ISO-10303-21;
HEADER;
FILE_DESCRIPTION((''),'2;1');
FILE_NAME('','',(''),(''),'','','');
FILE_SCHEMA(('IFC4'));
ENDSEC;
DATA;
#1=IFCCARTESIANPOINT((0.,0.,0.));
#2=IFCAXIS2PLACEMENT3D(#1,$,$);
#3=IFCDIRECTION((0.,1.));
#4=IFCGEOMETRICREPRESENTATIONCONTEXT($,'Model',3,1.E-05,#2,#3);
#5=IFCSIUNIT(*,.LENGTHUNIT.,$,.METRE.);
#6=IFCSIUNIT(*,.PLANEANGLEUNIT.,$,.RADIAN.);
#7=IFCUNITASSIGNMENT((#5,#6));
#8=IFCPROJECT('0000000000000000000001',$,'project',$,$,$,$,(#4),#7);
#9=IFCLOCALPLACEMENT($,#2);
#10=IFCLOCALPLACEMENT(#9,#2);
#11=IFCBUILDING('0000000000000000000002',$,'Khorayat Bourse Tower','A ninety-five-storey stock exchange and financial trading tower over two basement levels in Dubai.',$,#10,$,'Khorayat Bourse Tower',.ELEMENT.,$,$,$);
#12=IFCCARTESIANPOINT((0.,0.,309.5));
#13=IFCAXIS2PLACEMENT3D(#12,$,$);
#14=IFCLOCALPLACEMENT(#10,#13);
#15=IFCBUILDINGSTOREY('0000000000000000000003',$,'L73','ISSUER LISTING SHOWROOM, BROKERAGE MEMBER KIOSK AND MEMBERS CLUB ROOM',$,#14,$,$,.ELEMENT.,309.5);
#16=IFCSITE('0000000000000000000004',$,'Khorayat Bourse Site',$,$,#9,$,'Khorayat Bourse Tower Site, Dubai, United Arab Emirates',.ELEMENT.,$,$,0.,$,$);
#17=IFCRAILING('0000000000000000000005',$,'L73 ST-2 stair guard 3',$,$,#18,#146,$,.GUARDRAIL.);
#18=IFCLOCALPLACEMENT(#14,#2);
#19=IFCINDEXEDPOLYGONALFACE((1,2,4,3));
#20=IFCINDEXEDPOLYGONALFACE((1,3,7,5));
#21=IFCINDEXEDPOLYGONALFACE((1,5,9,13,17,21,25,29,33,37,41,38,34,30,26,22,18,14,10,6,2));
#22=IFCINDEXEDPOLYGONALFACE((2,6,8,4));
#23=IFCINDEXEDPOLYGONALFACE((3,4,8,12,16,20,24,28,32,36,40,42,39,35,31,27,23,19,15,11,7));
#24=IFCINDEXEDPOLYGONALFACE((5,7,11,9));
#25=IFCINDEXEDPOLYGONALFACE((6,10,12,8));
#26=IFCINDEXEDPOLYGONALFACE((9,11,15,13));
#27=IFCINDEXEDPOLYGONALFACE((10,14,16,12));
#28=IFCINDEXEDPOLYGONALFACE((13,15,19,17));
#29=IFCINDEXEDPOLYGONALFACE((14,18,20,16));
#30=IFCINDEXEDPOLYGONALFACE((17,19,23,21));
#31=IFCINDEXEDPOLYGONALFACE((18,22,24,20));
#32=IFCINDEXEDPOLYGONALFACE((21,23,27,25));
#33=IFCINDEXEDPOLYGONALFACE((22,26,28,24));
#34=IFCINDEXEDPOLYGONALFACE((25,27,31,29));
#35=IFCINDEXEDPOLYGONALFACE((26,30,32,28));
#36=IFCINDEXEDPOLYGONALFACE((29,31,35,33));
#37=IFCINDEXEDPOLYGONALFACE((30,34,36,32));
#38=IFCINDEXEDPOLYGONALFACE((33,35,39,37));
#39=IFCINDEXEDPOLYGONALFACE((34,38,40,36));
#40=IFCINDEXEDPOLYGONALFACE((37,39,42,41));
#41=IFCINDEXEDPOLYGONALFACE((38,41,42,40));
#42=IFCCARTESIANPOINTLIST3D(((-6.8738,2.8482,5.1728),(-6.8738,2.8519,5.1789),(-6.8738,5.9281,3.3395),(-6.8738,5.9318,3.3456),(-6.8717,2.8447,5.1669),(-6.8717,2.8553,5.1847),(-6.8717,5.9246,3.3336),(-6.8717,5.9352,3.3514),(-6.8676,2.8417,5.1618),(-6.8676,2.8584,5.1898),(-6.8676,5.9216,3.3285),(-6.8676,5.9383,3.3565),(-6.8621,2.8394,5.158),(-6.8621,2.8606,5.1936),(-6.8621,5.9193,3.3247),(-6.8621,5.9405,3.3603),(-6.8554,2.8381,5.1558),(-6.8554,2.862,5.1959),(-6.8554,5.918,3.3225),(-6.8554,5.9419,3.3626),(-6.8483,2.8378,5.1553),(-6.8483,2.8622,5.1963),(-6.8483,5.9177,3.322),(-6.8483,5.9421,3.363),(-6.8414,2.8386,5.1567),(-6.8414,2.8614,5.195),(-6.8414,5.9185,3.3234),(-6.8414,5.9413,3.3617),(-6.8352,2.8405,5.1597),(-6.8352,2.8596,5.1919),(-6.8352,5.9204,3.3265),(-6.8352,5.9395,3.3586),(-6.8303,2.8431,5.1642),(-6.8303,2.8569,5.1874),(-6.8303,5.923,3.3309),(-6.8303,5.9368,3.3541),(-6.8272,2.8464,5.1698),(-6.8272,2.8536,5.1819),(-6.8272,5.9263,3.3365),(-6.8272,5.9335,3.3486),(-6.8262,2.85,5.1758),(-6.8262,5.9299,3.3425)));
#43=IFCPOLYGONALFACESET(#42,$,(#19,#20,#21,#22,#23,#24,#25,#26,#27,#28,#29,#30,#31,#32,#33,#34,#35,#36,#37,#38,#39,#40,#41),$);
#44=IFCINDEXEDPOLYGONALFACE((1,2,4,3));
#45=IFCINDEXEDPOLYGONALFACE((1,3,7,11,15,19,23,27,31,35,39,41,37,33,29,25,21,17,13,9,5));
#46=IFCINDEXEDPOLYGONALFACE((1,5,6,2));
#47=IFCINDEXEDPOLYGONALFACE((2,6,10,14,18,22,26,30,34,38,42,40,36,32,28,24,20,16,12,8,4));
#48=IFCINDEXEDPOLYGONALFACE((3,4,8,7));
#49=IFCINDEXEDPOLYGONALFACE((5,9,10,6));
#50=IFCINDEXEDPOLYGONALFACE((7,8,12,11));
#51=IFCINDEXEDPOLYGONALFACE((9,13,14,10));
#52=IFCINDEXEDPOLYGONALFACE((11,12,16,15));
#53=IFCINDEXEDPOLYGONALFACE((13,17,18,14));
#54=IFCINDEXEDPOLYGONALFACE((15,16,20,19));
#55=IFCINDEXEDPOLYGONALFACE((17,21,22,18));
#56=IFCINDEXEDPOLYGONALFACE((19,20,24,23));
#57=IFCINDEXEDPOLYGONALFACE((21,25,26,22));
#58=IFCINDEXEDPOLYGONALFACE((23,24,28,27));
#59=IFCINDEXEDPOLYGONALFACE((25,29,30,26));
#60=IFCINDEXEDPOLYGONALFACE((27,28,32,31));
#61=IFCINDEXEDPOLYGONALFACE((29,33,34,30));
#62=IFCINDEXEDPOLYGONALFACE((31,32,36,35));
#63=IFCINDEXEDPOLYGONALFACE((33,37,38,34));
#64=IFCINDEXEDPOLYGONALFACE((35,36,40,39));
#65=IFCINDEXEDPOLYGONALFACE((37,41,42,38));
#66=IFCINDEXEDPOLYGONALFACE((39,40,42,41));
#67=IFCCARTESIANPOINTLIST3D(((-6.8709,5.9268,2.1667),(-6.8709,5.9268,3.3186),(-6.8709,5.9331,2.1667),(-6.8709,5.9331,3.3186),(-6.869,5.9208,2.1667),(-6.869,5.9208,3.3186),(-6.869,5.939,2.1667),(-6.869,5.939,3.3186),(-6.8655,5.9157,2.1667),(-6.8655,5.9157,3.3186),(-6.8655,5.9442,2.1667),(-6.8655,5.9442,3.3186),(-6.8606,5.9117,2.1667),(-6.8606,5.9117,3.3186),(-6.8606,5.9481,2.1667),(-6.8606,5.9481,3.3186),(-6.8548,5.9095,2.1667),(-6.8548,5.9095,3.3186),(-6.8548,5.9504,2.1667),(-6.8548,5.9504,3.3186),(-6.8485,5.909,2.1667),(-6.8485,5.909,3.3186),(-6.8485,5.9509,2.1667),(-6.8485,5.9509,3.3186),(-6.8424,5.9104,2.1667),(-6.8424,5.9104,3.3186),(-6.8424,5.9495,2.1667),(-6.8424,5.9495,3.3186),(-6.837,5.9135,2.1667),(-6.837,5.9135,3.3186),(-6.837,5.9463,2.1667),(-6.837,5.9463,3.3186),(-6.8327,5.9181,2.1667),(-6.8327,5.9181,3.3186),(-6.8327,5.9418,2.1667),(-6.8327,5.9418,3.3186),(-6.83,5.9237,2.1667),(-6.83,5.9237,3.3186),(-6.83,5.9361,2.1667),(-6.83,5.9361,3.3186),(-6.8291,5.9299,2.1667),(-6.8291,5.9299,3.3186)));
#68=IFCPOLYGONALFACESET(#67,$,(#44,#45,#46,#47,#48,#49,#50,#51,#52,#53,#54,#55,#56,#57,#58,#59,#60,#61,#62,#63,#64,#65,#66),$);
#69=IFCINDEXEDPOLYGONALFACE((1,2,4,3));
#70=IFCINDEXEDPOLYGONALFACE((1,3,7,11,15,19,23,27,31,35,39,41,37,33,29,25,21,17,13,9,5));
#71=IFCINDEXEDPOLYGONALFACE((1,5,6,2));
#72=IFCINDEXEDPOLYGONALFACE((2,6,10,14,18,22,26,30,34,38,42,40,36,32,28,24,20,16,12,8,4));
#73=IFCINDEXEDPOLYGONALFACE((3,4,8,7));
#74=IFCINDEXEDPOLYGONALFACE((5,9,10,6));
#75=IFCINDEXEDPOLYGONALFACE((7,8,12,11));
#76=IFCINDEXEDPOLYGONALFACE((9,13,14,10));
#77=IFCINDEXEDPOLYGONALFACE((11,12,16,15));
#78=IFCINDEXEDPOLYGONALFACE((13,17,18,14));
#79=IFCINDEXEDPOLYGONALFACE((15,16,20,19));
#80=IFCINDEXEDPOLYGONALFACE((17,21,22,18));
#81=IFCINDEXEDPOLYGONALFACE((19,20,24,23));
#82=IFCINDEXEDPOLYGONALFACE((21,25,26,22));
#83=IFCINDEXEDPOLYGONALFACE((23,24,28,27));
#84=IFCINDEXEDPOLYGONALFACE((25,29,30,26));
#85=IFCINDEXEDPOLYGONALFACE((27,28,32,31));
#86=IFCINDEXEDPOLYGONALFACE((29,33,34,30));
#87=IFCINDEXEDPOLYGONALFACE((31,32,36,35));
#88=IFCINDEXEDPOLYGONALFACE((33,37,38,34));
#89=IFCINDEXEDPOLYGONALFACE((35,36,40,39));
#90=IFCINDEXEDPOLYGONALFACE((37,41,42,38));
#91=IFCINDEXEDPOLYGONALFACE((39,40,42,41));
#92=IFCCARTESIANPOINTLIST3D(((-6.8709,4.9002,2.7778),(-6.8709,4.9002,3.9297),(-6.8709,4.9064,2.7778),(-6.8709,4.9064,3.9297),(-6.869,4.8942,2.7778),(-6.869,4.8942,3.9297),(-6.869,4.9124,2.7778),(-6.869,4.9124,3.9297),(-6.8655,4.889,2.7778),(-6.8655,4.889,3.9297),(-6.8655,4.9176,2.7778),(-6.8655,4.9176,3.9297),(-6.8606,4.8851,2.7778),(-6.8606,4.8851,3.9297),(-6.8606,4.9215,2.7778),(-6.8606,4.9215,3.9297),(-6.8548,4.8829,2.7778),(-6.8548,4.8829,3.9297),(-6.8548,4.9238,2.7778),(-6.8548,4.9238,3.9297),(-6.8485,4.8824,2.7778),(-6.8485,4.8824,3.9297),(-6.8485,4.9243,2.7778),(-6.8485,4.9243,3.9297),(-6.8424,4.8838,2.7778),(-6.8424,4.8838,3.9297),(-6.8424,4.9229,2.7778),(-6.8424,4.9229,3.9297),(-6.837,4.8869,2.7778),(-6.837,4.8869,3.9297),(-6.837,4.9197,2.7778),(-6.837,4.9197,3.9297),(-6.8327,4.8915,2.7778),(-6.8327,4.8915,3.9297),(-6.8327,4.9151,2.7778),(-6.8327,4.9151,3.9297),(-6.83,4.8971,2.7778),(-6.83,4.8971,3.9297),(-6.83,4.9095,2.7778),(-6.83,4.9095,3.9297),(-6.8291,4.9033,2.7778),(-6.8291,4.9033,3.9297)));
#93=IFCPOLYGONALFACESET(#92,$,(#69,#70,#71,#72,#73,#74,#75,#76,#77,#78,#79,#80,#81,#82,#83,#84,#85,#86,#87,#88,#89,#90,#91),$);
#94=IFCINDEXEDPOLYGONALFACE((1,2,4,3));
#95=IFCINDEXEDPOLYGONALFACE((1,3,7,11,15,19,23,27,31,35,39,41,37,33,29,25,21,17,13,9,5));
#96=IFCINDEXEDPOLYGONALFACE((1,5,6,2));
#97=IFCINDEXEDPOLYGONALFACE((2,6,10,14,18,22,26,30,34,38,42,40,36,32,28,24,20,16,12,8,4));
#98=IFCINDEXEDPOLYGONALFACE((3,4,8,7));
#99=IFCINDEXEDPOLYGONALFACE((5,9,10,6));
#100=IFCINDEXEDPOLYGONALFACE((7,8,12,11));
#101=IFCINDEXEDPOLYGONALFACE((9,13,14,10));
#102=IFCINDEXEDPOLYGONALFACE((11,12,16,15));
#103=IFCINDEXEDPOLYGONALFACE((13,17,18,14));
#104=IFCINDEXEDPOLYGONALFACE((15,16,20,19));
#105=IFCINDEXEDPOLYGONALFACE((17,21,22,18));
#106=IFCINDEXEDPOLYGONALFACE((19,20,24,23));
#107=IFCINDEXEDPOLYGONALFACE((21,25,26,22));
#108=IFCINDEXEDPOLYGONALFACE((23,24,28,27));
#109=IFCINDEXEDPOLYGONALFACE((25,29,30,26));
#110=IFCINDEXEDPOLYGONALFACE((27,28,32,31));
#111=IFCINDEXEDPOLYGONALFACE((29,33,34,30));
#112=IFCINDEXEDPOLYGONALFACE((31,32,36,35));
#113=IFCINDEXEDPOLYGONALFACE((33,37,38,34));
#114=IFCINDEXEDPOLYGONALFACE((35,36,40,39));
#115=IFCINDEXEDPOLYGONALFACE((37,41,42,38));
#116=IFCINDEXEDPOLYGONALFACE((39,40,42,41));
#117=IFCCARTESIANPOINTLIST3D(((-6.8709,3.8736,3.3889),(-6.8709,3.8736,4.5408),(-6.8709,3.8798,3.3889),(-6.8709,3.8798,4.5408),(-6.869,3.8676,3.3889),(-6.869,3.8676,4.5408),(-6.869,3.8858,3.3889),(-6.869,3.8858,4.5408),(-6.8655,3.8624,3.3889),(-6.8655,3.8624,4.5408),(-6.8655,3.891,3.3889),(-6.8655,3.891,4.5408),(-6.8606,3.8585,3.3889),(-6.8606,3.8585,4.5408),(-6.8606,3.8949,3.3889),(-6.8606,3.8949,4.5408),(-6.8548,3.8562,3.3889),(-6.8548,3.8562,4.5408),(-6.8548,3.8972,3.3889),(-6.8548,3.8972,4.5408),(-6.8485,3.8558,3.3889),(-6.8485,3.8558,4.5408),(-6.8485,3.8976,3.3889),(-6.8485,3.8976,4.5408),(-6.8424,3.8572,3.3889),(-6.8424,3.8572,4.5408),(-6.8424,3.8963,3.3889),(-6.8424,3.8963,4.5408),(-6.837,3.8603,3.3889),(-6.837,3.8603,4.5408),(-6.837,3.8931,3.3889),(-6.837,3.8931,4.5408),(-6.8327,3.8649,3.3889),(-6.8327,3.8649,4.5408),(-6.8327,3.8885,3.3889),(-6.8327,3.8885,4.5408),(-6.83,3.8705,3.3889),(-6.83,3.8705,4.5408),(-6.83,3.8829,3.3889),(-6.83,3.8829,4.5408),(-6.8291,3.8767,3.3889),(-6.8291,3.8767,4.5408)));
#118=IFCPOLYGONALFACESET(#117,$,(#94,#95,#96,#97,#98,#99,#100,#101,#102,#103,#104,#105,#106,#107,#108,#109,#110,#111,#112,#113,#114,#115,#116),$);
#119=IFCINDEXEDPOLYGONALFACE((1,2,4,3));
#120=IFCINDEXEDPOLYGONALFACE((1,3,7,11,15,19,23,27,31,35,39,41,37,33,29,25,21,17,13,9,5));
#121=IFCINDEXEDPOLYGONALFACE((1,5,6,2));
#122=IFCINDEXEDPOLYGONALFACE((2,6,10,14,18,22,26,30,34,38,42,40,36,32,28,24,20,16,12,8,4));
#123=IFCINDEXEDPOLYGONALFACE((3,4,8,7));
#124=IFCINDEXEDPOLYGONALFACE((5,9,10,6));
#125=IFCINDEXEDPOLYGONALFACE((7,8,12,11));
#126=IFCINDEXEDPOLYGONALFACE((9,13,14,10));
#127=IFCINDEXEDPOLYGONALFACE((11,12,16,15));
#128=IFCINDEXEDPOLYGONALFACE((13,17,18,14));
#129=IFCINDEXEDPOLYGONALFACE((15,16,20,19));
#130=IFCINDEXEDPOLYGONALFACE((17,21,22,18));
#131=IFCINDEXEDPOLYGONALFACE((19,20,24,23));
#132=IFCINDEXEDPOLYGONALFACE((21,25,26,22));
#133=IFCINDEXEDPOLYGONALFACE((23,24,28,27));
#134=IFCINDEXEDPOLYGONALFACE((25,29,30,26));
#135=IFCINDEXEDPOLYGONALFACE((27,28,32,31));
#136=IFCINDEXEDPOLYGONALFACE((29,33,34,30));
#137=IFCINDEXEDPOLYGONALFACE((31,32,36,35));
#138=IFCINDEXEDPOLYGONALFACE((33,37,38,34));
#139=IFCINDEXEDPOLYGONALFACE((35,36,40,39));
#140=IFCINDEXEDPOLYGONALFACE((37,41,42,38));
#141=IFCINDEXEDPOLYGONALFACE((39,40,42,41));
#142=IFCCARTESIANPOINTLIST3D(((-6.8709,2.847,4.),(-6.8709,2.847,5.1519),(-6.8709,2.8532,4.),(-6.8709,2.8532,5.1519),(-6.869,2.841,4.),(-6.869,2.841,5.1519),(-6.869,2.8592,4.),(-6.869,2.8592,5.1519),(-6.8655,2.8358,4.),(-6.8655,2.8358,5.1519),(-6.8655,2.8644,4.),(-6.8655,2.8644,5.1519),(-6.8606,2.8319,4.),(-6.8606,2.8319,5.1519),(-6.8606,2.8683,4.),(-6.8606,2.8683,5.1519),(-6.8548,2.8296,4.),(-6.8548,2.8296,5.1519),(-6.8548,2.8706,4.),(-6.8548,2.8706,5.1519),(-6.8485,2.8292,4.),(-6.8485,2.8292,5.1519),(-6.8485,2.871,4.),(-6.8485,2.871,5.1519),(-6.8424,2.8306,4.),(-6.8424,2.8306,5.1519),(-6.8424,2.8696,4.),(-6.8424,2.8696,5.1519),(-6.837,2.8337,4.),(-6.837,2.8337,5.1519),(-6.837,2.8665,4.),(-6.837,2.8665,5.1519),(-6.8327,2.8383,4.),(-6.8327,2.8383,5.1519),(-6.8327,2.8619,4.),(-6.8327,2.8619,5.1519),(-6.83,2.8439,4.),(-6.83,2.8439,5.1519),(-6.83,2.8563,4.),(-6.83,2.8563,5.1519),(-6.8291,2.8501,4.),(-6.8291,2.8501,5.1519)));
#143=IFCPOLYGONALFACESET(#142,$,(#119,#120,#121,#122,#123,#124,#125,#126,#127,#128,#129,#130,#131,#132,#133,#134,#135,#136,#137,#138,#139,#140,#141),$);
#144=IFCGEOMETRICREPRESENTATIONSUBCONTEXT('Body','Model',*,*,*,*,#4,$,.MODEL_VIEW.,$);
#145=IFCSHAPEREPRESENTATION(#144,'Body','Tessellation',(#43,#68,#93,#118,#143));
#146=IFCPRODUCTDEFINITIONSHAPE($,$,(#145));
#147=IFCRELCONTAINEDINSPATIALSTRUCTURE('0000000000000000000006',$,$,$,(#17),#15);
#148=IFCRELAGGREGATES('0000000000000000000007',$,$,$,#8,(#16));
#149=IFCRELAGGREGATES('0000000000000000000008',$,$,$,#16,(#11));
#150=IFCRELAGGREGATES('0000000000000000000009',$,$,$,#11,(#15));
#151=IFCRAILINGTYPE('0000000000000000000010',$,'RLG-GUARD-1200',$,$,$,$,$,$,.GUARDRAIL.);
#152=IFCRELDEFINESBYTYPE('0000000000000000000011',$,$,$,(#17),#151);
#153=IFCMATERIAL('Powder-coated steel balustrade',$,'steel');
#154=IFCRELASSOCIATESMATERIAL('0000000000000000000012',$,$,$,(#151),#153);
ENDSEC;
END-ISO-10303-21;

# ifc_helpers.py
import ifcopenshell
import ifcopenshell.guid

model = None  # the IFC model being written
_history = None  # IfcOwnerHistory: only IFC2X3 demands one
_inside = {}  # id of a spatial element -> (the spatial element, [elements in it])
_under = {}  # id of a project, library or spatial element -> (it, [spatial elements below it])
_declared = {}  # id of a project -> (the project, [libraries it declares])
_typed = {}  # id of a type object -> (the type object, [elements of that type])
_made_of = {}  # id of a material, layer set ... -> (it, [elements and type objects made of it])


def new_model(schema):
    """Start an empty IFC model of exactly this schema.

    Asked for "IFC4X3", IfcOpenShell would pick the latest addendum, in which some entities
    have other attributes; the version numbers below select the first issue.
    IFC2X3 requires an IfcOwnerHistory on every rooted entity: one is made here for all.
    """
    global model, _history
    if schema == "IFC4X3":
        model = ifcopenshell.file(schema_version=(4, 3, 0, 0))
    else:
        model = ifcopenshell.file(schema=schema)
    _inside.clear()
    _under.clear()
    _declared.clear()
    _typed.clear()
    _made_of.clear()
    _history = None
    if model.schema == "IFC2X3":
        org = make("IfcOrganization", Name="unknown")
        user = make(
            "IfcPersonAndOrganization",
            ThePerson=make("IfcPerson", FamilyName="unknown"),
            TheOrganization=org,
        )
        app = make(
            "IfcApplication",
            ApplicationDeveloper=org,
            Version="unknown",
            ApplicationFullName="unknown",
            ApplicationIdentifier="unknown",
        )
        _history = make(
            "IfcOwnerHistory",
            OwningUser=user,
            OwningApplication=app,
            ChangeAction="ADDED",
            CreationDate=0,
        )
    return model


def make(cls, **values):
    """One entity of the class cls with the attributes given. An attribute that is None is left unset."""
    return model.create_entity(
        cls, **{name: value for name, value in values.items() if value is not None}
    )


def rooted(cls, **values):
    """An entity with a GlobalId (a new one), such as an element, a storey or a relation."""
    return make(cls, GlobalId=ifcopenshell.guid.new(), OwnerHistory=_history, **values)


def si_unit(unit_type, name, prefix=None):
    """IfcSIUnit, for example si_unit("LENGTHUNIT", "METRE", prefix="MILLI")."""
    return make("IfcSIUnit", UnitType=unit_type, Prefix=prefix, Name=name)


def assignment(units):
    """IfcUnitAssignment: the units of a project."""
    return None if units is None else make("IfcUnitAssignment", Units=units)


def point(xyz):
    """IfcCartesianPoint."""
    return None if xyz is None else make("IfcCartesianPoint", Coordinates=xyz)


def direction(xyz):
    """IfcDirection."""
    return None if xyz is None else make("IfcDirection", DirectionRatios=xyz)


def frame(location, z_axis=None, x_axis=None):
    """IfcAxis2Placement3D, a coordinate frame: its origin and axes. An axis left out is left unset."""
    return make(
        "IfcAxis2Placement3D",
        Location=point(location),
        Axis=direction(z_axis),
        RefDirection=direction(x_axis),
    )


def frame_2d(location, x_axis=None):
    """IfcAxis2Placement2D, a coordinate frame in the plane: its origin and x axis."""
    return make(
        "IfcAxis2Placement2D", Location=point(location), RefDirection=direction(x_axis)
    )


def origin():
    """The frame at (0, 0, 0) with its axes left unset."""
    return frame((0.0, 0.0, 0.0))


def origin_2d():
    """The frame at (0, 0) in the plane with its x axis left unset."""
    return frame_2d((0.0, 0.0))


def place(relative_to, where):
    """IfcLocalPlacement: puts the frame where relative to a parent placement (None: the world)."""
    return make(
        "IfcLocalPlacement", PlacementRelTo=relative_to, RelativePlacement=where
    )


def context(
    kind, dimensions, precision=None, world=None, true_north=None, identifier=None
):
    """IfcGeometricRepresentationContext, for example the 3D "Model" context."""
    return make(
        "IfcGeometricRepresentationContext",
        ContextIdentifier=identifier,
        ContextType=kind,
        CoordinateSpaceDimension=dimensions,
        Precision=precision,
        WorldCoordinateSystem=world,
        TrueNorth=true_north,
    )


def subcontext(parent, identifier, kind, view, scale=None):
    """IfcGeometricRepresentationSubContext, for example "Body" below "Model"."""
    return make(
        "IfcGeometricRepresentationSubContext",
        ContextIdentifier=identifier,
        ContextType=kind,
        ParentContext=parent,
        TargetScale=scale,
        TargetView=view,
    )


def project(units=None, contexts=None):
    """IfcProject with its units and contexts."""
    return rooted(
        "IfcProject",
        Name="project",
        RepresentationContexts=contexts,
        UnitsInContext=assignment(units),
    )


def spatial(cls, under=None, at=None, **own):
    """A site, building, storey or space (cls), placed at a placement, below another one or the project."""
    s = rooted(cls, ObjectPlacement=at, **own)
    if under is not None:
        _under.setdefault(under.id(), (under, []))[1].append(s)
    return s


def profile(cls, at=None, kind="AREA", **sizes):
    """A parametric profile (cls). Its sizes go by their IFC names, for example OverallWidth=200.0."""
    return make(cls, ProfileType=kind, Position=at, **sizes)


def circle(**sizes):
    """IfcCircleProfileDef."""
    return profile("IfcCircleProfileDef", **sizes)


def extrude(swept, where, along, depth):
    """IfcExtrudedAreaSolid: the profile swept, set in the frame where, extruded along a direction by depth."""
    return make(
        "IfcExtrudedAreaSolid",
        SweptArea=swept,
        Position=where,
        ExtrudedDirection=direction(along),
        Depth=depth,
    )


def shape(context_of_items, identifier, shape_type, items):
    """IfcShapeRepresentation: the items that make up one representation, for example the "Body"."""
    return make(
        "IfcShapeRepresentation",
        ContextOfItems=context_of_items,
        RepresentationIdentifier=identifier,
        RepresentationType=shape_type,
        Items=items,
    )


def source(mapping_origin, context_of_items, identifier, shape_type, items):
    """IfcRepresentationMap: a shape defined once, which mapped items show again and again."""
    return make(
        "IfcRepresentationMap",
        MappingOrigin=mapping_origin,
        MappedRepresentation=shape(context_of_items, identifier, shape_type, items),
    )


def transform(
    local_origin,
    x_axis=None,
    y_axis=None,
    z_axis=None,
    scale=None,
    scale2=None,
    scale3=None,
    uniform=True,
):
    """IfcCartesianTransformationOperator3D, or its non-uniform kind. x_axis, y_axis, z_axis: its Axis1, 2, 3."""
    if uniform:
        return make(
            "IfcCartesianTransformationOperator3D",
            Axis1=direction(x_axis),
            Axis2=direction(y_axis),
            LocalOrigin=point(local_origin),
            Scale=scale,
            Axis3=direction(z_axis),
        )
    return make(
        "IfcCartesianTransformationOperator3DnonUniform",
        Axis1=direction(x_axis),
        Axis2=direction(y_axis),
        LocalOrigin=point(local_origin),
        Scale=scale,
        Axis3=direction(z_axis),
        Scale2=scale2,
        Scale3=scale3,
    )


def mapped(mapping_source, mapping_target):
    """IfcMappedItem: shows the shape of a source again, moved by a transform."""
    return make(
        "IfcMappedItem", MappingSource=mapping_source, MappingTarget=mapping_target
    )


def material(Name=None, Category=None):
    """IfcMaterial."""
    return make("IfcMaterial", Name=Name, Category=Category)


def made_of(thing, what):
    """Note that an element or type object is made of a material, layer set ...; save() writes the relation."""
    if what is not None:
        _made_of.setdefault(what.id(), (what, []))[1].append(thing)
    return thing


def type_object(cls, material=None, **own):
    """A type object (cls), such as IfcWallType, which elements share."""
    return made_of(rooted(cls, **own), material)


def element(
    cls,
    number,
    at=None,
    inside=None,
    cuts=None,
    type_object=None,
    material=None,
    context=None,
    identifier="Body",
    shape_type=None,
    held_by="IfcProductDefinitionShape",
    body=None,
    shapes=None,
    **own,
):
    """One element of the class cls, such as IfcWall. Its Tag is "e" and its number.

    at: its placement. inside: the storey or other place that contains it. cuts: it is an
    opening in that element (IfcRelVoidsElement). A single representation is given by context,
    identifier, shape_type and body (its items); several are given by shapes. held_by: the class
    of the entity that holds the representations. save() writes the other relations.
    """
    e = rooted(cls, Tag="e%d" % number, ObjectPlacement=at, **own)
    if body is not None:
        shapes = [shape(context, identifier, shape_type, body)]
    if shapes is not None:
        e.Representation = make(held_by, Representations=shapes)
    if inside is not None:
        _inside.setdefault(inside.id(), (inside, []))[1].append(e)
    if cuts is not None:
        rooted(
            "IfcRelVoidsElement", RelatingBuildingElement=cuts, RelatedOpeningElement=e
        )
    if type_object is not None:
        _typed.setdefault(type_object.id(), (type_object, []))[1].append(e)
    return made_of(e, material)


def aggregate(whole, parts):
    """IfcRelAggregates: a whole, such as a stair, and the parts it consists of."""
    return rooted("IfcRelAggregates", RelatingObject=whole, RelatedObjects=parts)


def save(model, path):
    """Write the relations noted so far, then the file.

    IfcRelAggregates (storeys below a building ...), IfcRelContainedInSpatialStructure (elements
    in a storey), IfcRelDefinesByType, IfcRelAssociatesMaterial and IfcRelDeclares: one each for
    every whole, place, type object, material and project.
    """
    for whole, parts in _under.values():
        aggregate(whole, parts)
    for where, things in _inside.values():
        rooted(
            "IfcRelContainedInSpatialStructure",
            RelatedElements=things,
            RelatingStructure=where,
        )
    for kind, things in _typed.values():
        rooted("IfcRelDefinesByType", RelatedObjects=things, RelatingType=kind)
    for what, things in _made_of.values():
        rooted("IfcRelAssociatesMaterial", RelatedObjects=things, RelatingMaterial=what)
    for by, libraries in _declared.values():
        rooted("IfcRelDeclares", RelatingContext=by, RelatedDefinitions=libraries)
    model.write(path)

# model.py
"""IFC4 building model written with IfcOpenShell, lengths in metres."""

from ifc_helpers import new_model, si_unit, direction, frame, origin, origin_2d, place, context, subcontext, project, spatial, circle, extrude, source, transform, mapped, material, type_object, element, save


model = new_model("IFC4")

# Units and contexts
model_context = context("Model", 3, precision=1e-05, world=origin(), true_north=direction((0.0, 1.0)))
body_context = subcontext(model_context, "Body", "Model", "MODEL_VIEW")
ifc_project = project(units=[si_unit("LENGTHUNIT", "METRE"), si_unit("PLANEANGLEUNIT", "RADIAN")], contexts=[model_context])

# Site, building, storey
site_placement = place(None, origin())
site = spatial("IfcSite", under=ifc_project, at=site_placement, Name="Khorayat Bourse Site", LongName="Khorayat Bourse Tower Site, Dubai, United Arab Emirates", CompositionType="ELEMENT", RefElevation=0.0)
building_placement = place(site_placement, origin())
building = spatial("IfcBuilding", under=site, at=building_placement, Name="Khorayat Bourse Tower", Description="A ninety-five-storey stock exchange and financial trading tower over two basement levels in Dubai.", LongName="Khorayat Bourse Tower", CompositionType="ELEMENT")
storey_placement = place(building_placement, frame((0.0, 0.0, 309.5)))
storey = spatial("IfcBuildingStorey", under=building, at=storey_placement, Name="L73", Description="ISSUER LISTING SHOWROOM, BROKERAGE MEMBER KIOSK AND MEMBERS CLUB ROOM", CompositionType="ELEMENT", Elevation=309.5)

# Railing
ifc_material_1 = material(Name="Powder-coated steel balustrade", Category="steel")
railing_type_1 = type_object("IfcRailingType", Name="RLG-GUARD-1200", PredefinedType="GUARDRAIL", material=ifc_material_1)
shared_shape_1 = source(origin(), body_context, "Body", "SweptSolid", [
    extrude(circle(Radius=0.0239, at=origin_2d()), frame((0.0, 0.0, 1.1758), z_axis=(0.0, -0.859291, 0.511487), x_axis=(1.0, 0.0, 0.0)), (0.0, 0.0, 1.0), 3.5842),
    extrude(circle(Radius=0.021, at=origin_2d()), origin(), (0.0, 0.0, 1.0), 1.1519),
    extrude(circle(Radius=0.021, at=origin_2d()), frame((0.0, -1.0266, 0.6111)), (0.0, 0.0, 1.0), 1.1519),
    extrude(circle(Radius=0.021, at=origin_2d()), frame((0.0, -2.0532, 1.2222)), (0.0, 0.0, 1.0), 1.1519),
    extrude(circle(Radius=0.021, at=origin_2d()), frame((0.0, -3.0798, 1.8333)), (0.0, 0.0, 1.0), 1.1519),
])
railing_1_placement = place(storey_placement, frame((-6.8501, 5.9299, 2.1667)))
element("IfcRailing", 1, at=railing_1_placement, inside=storey, type_object=railing_type_1, Name="L73 ST-2 stair guard 3", PredefinedType="GUARDRAIL", context=body_context, shape_type="MappedRepresentation", body=[
    mapped(shared_shape_1, transform((0.0, 0.0, 0.0), scale=1.0)),
])

save(model, "model.ifc")
